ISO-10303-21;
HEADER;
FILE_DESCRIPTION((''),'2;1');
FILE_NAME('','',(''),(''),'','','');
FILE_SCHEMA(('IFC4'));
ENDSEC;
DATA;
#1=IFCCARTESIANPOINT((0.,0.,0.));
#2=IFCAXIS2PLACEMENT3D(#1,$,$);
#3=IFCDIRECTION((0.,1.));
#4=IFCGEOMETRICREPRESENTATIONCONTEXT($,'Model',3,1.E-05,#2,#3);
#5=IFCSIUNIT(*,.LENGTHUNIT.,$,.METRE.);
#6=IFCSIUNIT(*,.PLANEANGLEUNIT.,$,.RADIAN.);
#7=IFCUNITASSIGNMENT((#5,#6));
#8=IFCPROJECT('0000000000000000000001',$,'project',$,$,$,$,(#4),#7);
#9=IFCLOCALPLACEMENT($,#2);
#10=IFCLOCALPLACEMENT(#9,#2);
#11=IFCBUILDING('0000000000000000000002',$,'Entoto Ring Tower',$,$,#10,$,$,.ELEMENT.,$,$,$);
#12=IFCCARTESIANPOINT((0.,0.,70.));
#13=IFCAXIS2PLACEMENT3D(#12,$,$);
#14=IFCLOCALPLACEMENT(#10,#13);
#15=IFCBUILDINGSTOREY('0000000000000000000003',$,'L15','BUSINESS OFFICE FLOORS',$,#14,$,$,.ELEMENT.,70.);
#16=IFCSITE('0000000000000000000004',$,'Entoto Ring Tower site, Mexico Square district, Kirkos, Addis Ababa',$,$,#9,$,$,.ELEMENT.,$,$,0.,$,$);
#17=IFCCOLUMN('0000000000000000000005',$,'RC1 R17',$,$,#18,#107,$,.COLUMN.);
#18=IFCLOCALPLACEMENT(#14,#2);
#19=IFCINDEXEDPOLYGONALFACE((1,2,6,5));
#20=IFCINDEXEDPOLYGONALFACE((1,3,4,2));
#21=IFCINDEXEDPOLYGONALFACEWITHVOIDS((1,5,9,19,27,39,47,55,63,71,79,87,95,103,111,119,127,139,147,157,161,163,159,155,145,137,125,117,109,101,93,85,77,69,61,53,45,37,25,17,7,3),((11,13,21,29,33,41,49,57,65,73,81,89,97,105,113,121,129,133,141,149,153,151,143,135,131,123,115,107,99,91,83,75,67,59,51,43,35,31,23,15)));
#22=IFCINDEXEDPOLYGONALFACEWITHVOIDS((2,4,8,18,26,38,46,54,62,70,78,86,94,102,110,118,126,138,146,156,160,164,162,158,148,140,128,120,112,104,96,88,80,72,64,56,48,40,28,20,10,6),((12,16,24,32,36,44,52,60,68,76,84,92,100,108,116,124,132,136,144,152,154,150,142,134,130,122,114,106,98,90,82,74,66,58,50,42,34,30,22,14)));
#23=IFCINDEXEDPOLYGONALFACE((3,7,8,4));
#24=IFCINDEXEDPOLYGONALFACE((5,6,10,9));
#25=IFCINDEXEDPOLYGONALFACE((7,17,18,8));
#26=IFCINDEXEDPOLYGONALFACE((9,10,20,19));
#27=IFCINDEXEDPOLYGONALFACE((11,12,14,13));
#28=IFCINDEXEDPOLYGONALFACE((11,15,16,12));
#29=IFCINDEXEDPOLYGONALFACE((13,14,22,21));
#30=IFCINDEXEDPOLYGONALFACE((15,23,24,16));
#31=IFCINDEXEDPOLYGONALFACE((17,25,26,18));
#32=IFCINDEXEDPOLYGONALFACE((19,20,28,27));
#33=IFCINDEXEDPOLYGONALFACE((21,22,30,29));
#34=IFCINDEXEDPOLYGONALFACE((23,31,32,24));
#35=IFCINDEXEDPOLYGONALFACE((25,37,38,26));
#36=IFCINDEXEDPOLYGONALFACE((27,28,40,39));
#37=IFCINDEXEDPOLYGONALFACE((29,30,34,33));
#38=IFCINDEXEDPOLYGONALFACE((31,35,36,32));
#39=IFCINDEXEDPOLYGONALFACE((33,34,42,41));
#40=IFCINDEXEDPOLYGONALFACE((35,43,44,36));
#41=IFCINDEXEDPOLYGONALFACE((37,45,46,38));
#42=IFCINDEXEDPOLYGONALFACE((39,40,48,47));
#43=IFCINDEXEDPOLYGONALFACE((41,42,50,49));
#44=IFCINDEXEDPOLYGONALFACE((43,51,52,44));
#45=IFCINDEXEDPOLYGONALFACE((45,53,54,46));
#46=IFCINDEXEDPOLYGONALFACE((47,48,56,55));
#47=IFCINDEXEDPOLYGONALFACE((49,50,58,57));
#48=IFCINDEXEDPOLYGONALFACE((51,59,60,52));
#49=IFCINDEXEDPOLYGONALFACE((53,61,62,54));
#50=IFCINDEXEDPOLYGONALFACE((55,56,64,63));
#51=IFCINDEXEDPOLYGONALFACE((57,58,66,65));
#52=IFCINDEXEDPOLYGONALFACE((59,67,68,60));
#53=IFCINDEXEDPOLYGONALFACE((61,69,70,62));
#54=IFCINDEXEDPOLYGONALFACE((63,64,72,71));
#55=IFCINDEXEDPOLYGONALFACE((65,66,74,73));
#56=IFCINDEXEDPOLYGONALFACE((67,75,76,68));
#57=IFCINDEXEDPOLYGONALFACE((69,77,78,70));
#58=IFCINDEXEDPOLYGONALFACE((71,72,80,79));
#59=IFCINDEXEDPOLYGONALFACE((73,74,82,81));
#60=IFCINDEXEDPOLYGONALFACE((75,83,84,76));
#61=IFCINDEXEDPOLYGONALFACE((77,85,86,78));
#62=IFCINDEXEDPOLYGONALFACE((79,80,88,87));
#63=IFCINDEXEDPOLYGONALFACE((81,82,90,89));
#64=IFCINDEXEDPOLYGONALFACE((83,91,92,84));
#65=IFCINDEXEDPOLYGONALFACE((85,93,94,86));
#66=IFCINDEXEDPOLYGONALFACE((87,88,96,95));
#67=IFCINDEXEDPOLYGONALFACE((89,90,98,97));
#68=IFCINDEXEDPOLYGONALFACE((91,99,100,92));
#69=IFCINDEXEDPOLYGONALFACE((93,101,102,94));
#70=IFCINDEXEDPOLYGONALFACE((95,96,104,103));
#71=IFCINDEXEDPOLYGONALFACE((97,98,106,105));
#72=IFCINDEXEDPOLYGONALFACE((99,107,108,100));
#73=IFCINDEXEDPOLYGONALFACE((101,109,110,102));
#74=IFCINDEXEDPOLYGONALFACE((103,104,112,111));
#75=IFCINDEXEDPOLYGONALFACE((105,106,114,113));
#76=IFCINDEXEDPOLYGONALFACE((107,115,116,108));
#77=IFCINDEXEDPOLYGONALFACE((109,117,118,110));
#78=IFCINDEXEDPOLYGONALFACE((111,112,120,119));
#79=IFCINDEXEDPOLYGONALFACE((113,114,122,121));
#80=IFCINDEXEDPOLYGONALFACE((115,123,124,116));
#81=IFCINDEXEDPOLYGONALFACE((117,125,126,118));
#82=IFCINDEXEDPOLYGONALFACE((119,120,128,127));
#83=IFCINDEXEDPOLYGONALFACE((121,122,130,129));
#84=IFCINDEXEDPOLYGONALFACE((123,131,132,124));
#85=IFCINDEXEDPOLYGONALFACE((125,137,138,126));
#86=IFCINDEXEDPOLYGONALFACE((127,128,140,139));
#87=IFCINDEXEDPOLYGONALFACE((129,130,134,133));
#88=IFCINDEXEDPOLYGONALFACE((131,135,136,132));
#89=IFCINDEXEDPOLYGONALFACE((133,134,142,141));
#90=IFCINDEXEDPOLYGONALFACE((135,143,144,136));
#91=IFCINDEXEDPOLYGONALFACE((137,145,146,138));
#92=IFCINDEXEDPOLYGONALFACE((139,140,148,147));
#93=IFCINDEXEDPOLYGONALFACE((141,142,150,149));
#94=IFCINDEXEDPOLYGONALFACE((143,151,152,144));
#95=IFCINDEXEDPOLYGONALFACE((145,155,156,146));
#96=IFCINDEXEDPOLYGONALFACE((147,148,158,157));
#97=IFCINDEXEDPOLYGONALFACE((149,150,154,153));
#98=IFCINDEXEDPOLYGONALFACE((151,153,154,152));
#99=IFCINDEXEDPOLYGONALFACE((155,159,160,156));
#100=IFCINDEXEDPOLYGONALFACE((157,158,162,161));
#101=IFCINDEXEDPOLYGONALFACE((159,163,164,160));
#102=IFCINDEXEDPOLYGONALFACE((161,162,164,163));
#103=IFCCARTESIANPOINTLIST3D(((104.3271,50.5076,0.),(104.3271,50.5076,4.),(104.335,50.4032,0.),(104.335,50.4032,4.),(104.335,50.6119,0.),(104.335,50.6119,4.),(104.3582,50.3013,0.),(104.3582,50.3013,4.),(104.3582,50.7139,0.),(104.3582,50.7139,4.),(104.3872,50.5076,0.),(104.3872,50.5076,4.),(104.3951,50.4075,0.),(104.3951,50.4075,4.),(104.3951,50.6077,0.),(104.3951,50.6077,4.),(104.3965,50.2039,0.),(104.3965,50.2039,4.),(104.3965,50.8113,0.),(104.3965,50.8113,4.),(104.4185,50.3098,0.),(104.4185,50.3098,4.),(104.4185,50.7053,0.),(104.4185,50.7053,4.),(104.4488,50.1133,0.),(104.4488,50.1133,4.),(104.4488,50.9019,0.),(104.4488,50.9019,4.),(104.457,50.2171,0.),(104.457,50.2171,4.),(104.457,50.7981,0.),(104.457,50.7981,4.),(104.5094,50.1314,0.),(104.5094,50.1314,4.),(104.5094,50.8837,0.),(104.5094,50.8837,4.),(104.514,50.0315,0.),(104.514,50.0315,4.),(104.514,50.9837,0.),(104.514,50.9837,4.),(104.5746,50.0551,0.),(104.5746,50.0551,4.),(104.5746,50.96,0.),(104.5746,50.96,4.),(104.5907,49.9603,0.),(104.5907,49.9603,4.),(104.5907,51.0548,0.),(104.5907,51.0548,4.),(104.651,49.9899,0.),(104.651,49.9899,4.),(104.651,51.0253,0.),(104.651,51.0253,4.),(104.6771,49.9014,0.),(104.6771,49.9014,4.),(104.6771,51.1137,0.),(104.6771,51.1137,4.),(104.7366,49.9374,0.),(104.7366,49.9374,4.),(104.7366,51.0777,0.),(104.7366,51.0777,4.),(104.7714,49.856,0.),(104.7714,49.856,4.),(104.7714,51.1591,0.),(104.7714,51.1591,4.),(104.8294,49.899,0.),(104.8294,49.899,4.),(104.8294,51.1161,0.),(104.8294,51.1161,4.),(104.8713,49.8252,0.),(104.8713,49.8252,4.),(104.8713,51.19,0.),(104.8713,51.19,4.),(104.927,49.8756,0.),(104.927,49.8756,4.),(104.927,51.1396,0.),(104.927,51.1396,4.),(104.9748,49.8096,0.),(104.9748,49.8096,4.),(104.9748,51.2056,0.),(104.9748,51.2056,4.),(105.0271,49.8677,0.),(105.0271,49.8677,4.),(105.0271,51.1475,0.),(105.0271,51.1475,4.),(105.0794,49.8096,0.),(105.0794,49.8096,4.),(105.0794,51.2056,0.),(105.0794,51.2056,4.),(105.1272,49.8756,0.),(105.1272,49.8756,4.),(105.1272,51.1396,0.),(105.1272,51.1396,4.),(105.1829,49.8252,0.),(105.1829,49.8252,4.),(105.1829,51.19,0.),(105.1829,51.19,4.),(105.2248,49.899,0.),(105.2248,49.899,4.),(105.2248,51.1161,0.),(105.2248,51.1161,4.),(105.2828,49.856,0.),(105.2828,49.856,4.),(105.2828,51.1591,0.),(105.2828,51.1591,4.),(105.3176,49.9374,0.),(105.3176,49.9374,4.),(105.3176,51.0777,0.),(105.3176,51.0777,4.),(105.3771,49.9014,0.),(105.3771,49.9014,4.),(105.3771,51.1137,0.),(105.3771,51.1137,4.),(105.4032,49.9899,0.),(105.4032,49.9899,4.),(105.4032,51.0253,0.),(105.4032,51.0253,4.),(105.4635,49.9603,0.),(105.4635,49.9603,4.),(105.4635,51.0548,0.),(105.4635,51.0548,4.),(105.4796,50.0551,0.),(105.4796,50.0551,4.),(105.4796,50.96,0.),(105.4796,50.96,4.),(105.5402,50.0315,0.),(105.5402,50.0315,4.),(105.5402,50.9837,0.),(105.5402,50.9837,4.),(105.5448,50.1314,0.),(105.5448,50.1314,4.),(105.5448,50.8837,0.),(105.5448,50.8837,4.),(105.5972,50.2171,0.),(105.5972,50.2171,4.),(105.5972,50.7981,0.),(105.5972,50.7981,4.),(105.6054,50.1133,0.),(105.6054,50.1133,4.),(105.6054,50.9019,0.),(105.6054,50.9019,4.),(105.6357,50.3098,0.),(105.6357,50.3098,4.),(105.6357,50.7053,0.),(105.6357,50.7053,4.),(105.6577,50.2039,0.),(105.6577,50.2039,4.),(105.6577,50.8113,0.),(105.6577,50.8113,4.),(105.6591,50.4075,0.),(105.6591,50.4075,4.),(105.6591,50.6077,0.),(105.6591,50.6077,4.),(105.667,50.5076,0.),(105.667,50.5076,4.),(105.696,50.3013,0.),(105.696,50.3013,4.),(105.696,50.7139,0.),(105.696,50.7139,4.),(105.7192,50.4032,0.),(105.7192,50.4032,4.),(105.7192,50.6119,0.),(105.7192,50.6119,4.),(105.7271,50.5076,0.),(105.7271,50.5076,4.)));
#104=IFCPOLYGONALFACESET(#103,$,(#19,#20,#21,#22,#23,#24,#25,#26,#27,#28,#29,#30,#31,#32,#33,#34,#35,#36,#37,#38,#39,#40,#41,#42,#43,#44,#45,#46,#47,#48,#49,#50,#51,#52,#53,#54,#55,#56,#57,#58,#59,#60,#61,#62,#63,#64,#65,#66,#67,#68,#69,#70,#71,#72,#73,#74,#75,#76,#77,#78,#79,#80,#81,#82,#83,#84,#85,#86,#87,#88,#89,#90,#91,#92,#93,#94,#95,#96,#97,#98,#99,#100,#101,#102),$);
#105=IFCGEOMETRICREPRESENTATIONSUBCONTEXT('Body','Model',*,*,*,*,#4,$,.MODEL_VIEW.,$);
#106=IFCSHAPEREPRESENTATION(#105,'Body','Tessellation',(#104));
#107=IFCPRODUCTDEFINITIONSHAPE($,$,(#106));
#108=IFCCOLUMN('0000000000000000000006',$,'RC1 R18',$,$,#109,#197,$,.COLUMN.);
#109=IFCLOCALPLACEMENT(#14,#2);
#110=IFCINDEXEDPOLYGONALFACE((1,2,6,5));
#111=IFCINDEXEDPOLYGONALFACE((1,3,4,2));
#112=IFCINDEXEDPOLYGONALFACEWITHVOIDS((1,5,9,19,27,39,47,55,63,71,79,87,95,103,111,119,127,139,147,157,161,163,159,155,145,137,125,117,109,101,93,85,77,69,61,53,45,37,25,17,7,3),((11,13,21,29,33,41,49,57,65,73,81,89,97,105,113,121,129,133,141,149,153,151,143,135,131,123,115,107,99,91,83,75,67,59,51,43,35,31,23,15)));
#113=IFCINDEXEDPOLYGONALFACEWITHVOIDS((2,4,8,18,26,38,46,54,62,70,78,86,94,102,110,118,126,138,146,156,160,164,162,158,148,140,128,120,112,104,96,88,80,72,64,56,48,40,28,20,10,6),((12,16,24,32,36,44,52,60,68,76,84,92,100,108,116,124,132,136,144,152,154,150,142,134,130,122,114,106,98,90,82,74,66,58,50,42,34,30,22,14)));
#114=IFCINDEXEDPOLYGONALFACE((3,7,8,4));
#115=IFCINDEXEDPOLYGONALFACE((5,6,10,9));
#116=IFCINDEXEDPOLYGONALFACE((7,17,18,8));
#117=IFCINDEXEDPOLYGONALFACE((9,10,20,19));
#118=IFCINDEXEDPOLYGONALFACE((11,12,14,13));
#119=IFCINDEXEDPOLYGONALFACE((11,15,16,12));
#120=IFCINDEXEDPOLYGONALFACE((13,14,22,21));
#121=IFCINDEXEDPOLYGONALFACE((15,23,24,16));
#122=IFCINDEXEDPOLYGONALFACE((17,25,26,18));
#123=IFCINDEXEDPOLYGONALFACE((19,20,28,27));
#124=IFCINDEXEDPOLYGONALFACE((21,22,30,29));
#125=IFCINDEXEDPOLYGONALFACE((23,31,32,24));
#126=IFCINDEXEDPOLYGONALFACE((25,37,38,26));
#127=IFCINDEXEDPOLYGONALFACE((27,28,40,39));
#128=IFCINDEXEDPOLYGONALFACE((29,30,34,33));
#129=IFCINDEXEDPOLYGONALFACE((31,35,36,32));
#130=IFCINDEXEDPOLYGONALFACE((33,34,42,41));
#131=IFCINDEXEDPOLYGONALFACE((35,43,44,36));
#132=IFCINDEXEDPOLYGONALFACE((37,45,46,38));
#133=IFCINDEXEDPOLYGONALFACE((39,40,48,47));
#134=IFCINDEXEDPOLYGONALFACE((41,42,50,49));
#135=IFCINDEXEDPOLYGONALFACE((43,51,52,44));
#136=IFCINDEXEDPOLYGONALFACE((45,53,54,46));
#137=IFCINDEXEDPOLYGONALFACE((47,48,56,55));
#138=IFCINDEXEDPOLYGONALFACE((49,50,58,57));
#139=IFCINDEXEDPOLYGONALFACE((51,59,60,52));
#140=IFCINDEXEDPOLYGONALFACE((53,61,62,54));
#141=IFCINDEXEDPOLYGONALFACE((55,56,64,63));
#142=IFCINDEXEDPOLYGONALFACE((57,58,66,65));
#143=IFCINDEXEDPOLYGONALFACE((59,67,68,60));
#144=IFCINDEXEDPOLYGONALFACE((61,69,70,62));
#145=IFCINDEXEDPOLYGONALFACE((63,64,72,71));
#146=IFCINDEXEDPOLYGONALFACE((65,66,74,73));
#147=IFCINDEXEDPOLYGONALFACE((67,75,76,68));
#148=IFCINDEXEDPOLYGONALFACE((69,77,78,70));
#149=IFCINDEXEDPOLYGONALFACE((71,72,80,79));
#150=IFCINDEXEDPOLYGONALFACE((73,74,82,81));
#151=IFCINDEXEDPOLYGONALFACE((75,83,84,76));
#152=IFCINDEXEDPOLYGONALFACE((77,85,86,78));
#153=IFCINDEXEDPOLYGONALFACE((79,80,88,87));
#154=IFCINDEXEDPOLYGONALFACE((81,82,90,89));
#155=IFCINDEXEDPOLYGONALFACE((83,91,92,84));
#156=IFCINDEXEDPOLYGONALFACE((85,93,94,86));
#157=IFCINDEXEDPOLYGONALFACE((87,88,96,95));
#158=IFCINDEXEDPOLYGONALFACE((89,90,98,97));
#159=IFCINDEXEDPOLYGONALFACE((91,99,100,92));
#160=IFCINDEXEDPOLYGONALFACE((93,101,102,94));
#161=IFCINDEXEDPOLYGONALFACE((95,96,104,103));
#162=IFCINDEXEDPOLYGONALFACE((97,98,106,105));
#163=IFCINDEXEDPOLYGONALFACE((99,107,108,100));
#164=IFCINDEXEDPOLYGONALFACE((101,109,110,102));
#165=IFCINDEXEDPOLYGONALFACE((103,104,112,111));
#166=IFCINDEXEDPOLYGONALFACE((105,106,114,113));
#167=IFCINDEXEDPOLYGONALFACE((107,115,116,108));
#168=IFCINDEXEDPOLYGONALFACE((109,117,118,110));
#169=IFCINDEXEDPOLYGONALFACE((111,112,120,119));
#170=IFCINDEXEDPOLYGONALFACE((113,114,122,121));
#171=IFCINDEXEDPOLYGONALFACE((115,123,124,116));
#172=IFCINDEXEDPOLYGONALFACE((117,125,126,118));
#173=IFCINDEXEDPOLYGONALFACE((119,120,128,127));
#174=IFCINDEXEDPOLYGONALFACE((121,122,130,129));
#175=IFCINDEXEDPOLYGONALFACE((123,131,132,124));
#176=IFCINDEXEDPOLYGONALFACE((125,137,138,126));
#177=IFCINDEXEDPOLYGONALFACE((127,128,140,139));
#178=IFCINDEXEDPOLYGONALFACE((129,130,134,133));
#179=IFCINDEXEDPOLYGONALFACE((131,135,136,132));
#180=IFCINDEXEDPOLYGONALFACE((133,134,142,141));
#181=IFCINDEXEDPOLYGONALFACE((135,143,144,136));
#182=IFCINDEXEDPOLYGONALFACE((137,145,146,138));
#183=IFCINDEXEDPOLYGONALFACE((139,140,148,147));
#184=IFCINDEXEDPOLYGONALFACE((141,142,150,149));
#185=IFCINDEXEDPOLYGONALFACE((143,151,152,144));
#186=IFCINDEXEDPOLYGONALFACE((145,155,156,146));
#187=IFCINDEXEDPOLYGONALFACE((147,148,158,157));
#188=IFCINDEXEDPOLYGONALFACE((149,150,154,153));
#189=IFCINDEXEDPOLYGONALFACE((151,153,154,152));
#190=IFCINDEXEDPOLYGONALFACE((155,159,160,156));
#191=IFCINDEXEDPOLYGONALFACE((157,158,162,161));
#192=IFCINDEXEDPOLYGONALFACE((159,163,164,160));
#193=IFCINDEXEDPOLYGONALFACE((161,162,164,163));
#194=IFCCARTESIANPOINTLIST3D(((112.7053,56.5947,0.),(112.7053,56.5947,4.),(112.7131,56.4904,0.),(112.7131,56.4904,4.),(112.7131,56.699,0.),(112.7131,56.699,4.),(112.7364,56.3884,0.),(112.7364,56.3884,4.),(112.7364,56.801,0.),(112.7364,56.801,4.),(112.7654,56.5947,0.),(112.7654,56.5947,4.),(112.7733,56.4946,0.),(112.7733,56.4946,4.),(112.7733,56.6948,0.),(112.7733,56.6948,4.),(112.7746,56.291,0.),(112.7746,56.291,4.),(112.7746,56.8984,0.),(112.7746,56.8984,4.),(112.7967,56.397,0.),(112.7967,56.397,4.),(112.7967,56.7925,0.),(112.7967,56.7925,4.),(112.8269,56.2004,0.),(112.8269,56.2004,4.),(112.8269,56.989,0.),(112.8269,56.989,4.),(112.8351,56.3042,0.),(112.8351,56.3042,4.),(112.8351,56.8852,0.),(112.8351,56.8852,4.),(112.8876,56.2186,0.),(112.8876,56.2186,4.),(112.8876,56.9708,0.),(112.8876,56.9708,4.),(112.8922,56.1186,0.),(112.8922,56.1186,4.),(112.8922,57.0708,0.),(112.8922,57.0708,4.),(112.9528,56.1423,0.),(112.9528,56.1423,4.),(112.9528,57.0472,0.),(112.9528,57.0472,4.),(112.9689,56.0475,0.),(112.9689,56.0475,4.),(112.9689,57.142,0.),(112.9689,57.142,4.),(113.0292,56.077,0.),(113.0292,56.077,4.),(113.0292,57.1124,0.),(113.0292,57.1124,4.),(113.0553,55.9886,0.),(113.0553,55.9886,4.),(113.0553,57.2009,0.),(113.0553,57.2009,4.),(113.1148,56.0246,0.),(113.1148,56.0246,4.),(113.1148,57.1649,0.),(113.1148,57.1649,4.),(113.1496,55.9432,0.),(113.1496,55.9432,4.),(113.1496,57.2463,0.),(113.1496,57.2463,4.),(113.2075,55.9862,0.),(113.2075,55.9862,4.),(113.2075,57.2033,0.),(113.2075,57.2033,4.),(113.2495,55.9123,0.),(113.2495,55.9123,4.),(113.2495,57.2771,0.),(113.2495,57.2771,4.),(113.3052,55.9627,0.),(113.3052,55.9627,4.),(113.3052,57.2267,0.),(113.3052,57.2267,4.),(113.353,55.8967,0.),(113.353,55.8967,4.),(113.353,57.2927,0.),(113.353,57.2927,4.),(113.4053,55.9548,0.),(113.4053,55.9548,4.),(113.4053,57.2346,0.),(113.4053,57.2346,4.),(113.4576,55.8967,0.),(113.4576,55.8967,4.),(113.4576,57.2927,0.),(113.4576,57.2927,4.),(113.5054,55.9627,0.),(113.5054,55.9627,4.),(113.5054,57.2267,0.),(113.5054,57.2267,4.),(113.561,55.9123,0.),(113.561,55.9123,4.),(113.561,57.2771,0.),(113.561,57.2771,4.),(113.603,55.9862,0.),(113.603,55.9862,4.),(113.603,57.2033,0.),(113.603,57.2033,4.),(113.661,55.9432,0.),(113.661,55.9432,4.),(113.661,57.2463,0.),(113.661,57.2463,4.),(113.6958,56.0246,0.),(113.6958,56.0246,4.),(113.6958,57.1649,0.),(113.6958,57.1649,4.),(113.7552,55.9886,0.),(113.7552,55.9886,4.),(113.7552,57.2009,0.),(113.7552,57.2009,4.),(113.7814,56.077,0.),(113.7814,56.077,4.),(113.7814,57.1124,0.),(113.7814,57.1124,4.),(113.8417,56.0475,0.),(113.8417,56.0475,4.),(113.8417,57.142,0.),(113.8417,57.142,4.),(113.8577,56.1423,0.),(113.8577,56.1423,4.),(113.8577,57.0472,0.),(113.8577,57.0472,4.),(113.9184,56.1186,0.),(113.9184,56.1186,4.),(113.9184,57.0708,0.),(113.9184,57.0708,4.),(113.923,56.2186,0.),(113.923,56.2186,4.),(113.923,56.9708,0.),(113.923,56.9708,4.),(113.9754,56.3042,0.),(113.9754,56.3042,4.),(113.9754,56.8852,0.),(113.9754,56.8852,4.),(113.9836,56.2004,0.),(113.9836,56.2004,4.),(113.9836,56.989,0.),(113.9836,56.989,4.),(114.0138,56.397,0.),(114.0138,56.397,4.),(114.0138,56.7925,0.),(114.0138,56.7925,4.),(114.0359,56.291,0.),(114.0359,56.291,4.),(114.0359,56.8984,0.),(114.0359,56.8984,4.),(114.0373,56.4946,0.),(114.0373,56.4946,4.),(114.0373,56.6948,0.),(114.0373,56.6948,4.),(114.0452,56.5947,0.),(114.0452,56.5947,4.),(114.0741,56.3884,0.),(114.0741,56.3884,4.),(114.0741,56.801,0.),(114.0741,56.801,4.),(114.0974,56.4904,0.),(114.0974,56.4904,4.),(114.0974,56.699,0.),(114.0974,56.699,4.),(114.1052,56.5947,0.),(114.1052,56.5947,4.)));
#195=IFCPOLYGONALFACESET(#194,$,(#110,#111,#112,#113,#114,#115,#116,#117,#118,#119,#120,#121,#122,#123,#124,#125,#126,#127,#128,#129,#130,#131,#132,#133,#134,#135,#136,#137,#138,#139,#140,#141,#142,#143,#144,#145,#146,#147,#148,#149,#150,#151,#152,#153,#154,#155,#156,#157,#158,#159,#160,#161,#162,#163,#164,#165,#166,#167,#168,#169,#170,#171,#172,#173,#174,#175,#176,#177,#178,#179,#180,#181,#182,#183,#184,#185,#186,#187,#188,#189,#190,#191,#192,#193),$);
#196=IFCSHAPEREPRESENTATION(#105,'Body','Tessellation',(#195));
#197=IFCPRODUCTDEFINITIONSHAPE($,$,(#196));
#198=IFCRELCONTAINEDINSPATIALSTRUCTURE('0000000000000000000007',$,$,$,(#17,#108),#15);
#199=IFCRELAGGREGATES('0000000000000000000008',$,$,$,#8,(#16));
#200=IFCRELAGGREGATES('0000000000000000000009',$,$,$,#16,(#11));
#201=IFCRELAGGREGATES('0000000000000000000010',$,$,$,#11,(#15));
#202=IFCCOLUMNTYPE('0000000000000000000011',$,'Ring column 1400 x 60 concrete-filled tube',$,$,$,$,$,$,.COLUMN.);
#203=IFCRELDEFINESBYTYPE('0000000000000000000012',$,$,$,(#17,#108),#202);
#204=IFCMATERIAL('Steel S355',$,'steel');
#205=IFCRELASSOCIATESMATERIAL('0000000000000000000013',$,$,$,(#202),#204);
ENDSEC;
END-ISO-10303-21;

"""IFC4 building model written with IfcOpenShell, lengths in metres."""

from ifc_helpers import new_model, si_unit, direction, frame, origin, origin_2d, place, context, subcontext, project, spatial, circle, hollow_circle, extrude, material, material_profile, profile_set, type_object, element, save


model = new_model("IFC4")

# Units and contexts
model_context = context("Model", 3, precision=1e-05, world=origin(), true_north=direction((0.0, 1.0)))
body_context = subcontext(model_context, "Body", "Model", "MODEL_VIEW")
ifc_project = project(units=[si_unit("LENGTHUNIT", "METRE"), si_unit("PLANEANGLEUNIT", "RADIAN")], contexts=[model_context])

# Site, building, storey
site_placement = place(None, origin())
site = spatial("IfcSite", under=ifc_project, at=site_placement, Name="Entoto Ring Tower site, Mexico Square district, Kirkos, Addis Ababa", CompositionType="ELEMENT", RefElevation=0.0)
building_placement = place(site_placement, origin())
building = spatial("IfcBuilding", under=site, at=building_placement, Name="Entoto Ring Tower", CompositionType="ELEMENT")
storey_placement = place(building_placement, frame((0.0, 0.0, 70.0)))
storey = spatial("IfcBuildingStorey", under=building, at=storey_placement, Name="L15", Description="BUSINESS OFFICE FLOORS", CompositionType="ELEMENT", Elevation=70.0)

# Columns
ifc_material_1 = material(Name="Steel S355", Category="steel")
ifc_material_profile_1 = material_profile(ifc_material_1, hollow_circle(Radius=0.7, WallThickness=0.0601, at=origin_2d()), Name="CHS 1400 x 60")
ifc_material_2 = material(Name="Concrete C60/75", Category="concrete")
ifc_material_profile_2 = material_profile(ifc_material_2, circle(Radius=0.6399, at=origin_2d()), Name="Concrete C60/75 infill")
ifc_profile_set_1 = profile_set([ifc_material_profile_1, ifc_material_profile_2], Name="Steel S355")
column_type = type_object("IfcColumnType", Name="Ring column 1400 x 60 concrete-filled tube", PredefinedType="COLUMN", material=ifc_profile_set_1)
for number, where, z_axis, x_axis, name in (
    (1, (105.0271, 50.5076, 0.0), (0.0, 0.0, 1.0), (1.0, 0.0, 0.0), "RC1 R17"),
    (2, (113.4053, 56.5947, 0.0), (0.0, 0.0, 1.0), (1.0, 0.0, 0.0), "RC1 R18"),
):
    element("IfcColumn", number, at=place(storey_placement, frame(where, z_axis=z_axis, x_axis=x_axis)), inside=storey, type_object=column_type, Name=name, PredefinedType="COLUMN", context=body_context, shape_type="SweptSolid", body=[
        extrude(hollow_circle(Radius=0.7, WallThickness=0.0601, at=origin_2d()), origin(), (0.0, 0.0, 1.0), 4.0),
    ])

save(model, "model.ifc")
